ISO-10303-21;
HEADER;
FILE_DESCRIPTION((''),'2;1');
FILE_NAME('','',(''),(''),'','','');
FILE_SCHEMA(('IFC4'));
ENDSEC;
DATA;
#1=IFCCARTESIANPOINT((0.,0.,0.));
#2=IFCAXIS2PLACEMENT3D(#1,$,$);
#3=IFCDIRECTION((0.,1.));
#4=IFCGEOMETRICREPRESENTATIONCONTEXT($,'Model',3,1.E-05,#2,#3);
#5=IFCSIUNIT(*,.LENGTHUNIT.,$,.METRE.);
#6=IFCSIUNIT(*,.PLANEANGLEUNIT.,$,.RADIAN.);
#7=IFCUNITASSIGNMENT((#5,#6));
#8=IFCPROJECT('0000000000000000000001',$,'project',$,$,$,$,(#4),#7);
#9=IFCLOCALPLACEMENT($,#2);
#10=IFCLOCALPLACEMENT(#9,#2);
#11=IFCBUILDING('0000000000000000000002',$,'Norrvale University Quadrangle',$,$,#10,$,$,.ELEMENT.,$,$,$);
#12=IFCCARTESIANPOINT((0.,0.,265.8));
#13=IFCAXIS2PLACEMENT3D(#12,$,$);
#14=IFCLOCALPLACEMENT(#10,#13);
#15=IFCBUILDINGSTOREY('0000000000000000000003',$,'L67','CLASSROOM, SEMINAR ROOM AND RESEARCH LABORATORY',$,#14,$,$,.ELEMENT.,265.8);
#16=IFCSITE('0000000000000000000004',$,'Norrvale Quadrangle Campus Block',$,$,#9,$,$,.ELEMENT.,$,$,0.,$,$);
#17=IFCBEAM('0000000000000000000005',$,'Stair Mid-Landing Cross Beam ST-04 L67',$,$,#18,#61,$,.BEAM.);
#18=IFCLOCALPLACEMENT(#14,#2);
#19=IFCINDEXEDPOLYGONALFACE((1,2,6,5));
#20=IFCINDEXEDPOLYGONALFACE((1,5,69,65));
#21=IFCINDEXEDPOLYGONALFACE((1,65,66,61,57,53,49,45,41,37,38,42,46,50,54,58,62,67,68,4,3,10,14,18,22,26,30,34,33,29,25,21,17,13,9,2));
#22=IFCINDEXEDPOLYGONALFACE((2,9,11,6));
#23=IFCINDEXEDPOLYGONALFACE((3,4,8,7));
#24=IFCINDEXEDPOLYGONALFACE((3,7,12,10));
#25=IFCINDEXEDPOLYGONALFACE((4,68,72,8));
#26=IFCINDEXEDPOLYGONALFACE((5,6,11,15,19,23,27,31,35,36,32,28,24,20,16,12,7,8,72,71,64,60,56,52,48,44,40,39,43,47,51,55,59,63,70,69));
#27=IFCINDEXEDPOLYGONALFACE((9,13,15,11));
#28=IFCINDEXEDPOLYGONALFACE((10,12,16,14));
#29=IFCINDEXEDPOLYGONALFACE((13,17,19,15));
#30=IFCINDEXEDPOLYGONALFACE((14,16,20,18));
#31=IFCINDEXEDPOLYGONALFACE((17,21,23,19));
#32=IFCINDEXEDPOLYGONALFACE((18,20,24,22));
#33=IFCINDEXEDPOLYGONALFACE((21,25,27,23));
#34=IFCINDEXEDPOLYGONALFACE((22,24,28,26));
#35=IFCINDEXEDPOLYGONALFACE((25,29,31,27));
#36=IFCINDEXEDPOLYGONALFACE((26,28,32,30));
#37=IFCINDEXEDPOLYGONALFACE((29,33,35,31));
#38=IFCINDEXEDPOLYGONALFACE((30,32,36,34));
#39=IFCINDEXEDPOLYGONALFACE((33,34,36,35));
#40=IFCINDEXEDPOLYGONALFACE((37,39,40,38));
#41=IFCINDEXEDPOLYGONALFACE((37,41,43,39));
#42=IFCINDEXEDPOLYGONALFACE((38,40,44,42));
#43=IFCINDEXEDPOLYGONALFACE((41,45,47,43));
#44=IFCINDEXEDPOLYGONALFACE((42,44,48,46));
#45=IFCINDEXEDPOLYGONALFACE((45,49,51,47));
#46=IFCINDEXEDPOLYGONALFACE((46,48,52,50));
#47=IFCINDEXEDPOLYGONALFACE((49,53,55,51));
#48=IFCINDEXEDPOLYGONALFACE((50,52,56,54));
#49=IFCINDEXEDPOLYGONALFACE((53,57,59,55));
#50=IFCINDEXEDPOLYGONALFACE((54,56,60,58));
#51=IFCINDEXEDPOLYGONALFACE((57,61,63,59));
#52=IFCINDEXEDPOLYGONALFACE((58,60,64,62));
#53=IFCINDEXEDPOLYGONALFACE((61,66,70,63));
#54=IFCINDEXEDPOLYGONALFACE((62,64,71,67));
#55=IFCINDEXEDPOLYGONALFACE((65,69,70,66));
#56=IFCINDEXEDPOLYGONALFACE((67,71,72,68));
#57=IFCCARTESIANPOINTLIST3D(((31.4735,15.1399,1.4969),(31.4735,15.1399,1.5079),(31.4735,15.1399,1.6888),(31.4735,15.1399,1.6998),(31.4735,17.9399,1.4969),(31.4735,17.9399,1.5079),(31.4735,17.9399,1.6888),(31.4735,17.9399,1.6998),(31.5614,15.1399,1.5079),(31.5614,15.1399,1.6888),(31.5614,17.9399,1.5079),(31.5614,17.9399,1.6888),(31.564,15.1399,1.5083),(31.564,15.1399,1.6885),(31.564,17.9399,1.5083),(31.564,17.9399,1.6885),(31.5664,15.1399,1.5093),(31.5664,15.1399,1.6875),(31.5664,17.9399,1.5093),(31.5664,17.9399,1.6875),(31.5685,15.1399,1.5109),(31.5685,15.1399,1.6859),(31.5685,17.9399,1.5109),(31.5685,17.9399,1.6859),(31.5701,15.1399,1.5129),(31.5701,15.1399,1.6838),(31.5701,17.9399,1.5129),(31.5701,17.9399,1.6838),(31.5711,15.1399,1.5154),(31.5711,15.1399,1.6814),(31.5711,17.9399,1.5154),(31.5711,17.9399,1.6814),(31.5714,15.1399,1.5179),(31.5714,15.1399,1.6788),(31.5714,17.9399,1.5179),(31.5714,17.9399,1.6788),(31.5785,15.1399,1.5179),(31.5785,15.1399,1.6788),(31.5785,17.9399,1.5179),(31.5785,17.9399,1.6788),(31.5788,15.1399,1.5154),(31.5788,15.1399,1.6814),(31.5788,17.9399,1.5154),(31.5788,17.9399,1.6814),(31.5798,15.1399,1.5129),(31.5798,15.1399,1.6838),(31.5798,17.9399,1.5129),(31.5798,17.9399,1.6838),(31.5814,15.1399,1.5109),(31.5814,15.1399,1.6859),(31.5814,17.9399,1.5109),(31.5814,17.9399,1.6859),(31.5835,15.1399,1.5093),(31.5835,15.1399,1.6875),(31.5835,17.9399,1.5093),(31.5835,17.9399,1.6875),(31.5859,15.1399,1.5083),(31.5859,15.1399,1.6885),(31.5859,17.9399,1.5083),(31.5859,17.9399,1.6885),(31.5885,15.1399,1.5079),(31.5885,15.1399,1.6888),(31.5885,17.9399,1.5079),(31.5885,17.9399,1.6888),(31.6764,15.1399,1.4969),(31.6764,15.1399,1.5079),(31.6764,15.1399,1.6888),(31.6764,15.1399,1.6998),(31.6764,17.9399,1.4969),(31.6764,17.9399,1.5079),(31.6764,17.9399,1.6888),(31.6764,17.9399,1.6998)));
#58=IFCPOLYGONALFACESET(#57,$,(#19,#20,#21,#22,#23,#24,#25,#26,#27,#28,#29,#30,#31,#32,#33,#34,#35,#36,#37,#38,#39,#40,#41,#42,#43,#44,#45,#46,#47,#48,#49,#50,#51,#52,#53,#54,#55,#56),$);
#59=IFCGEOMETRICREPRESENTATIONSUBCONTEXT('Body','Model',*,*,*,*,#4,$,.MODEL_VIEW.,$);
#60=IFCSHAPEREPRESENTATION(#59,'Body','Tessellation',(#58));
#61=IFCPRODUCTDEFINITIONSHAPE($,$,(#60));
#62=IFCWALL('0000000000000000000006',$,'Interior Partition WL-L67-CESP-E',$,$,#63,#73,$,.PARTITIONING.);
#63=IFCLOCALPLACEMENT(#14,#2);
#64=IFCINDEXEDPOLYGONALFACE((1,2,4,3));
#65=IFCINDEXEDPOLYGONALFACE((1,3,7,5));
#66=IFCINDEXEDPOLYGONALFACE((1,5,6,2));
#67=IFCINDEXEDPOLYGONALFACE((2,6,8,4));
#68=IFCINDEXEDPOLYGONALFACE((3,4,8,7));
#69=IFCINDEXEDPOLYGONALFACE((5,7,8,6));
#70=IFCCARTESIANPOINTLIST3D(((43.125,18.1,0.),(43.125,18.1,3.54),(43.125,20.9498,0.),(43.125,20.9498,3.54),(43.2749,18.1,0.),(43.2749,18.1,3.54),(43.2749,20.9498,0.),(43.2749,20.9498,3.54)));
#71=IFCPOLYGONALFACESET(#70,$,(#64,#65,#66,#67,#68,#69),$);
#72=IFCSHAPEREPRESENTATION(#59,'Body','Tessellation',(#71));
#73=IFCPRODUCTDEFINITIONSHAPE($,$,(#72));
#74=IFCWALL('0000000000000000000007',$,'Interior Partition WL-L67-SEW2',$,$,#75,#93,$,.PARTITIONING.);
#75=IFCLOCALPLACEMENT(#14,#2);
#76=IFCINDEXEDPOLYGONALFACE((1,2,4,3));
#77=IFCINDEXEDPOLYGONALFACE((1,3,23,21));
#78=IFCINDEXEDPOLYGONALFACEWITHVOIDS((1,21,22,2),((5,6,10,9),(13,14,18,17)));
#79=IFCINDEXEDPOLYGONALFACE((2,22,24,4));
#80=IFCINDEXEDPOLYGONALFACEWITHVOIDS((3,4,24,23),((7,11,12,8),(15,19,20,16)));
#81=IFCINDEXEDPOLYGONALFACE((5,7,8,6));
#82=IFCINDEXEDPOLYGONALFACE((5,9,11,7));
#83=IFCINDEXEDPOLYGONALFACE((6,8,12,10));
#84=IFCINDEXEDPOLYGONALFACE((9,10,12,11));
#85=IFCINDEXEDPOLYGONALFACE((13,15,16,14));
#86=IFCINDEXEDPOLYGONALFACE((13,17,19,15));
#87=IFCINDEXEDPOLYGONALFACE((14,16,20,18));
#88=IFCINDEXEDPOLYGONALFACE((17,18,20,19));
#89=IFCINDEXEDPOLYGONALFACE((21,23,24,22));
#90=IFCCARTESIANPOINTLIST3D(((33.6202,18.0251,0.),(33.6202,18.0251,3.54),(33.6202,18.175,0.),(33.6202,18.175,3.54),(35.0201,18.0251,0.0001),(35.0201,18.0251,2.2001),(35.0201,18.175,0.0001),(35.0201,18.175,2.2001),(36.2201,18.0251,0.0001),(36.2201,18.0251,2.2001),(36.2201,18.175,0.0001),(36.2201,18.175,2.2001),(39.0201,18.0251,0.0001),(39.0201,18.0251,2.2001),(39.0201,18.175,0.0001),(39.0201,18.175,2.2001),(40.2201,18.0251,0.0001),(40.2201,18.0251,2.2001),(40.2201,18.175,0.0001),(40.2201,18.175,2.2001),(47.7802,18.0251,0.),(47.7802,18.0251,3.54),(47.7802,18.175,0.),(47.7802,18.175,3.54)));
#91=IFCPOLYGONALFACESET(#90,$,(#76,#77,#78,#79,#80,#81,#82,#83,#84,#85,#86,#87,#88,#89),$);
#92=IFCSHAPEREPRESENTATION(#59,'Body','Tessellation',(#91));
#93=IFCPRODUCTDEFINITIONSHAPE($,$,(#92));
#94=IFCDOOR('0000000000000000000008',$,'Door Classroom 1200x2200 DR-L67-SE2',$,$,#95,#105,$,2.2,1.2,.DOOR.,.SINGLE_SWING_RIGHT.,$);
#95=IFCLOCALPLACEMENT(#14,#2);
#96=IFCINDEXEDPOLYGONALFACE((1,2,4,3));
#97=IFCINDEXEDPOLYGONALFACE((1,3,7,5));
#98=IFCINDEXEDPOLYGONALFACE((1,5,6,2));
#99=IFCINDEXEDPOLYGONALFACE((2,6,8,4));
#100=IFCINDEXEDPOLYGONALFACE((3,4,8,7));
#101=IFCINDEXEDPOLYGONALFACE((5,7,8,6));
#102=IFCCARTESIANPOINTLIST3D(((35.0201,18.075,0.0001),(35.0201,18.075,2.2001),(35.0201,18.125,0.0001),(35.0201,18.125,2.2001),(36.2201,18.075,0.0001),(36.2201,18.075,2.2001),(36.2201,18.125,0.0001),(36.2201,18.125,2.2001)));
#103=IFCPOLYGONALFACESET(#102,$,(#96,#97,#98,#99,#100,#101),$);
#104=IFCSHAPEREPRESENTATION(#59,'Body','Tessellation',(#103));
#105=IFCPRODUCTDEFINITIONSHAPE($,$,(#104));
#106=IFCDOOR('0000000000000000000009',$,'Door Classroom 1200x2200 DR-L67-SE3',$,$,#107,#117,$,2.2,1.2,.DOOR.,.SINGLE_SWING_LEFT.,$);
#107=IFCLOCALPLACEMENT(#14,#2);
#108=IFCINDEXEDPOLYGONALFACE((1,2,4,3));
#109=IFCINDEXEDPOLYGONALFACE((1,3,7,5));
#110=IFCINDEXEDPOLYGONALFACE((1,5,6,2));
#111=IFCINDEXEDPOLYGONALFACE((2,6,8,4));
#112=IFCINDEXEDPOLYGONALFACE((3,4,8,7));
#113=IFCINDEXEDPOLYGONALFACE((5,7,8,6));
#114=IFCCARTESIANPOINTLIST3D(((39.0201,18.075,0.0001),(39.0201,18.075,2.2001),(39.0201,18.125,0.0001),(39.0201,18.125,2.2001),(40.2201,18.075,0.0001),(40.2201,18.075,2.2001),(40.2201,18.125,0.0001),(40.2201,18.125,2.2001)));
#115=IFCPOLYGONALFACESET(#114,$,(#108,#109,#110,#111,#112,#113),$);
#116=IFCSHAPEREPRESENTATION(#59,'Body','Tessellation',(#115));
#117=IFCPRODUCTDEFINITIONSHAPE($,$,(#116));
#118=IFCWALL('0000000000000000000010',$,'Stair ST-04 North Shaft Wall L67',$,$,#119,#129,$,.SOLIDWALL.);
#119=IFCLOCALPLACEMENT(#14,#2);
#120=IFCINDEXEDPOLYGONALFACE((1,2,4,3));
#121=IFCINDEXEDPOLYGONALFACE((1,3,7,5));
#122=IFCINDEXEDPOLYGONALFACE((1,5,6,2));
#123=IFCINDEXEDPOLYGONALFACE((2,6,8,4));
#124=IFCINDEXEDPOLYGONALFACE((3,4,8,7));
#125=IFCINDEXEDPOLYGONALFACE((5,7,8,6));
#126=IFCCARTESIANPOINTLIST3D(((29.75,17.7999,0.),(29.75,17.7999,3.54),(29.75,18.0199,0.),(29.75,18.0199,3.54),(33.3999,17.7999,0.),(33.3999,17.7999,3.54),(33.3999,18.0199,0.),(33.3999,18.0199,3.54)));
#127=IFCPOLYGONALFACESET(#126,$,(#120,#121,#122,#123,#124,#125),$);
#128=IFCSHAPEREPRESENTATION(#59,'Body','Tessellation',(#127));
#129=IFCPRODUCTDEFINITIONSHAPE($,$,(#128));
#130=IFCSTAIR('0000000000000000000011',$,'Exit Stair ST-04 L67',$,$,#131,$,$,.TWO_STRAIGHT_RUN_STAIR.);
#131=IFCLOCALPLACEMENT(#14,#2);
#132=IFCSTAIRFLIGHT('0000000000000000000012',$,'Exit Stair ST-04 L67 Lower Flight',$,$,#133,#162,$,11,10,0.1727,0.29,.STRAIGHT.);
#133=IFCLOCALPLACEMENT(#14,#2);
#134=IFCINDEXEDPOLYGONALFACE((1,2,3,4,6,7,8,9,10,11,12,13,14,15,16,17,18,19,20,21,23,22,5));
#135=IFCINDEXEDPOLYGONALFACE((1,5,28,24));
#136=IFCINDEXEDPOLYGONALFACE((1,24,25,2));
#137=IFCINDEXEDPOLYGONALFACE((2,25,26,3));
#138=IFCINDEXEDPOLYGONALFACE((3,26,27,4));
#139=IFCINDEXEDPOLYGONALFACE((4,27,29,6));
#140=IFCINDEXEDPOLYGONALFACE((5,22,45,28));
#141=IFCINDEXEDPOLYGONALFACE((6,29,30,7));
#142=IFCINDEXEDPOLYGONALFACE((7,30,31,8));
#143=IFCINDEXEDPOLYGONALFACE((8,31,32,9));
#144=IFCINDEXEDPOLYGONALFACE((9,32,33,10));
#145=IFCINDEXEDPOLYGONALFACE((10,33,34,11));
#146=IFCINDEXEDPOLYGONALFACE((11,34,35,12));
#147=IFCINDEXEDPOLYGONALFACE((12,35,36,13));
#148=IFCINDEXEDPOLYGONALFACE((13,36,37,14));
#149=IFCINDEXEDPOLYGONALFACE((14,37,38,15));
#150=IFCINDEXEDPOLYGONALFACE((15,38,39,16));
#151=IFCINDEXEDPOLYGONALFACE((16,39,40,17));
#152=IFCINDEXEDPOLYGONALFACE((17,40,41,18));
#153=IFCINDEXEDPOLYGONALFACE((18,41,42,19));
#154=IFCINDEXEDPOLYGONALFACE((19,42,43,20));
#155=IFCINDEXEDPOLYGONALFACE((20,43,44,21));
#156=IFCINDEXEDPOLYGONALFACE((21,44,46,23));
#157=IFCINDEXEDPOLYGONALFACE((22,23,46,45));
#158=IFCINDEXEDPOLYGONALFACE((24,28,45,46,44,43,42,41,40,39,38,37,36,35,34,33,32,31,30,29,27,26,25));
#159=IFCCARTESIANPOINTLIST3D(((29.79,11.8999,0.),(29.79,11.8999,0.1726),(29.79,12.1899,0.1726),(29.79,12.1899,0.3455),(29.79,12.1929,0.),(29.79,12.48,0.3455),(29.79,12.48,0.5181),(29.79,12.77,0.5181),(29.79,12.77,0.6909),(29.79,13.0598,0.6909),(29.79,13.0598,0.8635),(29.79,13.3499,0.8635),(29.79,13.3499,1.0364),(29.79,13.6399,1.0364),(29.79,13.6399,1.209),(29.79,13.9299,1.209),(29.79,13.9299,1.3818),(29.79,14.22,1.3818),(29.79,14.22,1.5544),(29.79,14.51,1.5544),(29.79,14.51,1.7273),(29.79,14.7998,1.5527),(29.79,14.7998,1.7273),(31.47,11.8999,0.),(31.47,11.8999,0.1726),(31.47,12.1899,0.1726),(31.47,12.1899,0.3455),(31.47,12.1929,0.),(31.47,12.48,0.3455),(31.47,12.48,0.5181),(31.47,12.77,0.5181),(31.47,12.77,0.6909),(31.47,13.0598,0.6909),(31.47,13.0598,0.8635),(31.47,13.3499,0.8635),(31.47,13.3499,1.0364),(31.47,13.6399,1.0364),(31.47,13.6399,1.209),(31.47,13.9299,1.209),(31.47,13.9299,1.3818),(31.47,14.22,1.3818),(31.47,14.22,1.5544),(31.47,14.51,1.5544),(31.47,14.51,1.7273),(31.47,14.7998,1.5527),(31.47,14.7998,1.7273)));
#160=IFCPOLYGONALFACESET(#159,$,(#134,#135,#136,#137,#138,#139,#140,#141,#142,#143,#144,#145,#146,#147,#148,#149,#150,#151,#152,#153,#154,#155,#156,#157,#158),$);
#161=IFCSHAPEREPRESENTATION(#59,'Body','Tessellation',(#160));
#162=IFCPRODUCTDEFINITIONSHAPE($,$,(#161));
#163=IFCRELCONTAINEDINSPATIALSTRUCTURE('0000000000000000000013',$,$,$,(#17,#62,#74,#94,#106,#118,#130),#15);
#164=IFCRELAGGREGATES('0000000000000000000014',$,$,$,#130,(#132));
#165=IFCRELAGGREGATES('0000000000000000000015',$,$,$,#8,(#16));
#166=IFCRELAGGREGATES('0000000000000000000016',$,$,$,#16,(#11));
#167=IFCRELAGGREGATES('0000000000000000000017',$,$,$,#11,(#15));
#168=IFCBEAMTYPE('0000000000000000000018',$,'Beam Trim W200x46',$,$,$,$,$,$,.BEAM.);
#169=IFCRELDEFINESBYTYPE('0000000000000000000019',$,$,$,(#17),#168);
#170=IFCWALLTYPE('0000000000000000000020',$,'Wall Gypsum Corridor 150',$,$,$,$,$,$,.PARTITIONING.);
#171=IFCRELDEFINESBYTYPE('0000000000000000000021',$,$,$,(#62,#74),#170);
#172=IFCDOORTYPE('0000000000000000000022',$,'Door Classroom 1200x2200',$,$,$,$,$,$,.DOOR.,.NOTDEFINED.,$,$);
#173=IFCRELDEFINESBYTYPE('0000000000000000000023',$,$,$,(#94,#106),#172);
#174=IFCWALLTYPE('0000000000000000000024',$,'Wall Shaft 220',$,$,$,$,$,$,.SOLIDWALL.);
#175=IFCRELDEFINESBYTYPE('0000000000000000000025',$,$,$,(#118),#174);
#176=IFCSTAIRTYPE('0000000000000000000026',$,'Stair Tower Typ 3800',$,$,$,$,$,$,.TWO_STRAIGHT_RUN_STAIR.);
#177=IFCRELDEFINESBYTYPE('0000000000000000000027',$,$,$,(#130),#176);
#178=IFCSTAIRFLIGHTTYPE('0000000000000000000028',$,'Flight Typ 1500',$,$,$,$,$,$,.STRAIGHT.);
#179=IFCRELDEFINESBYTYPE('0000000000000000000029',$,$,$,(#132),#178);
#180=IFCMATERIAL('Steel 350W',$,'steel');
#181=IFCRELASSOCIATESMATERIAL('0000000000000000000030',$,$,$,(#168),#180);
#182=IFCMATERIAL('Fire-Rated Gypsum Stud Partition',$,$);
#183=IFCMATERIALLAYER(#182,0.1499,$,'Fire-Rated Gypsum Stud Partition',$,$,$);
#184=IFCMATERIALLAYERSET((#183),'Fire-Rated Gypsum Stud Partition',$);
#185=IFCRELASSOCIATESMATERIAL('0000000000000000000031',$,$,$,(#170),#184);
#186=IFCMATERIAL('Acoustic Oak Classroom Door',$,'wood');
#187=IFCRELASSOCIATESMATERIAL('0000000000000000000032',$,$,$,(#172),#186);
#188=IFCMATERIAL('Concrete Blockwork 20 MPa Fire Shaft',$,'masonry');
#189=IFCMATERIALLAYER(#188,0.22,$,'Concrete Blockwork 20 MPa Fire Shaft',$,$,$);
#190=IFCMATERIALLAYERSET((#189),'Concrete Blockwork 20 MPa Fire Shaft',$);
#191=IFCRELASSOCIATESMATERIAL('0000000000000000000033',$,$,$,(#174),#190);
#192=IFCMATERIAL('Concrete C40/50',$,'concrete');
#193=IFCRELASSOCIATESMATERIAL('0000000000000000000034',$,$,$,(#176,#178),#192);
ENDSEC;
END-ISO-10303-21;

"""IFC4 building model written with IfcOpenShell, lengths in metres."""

from ifc_helpers import new_model, si_unit, direction, frame, frame_2d, origin, origin_2d, place, context, subcontext, project, spatial, polyline, rectangle, i_section, outline, extrude, material, layer, layer_set, material_profile, profile_set, type_object, element, fill, aggregate, save


model = new_model("IFC4")

# Units and contexts
model_context = context("Model", 3, precision=1e-05, world=origin(), true_north=direction((0.0, 1.0)))
body_context = subcontext(model_context, "Body", "Model", "MODEL_VIEW")
ifc_project = project(units=[si_unit("LENGTHUNIT", "METRE"), si_unit("PLANEANGLEUNIT", "RADIAN")], contexts=[model_context])

# Site, building, storey
site_placement = place(None, origin())
site = spatial("IfcSite", under=ifc_project, at=site_placement, Name="Norrvale Quadrangle Campus Block", CompositionType="ELEMENT", RefElevation=0.0)
building_placement = place(site_placement, origin())
building = spatial("IfcBuilding", under=site, at=building_placement, Name="Norrvale University Quadrangle", CompositionType="ELEMENT")
storey_placement = place(building_placement, frame((0.0, 0.0, 265.8)))
storey = spatial("IfcBuildingStorey", under=building, at=storey_placement, Name="L67", Description="CLASSROOM, SEMINAR ROOM AND RESEARCH LABORATORY", CompositionType="ELEMENT", Elevation=265.8)

# Beam
ifc_material_1 = material(Name="Steel 350W", Category="steel")
ifc_material_profile_1 = material_profile(ifc_material_1, i_section(OverallWidth=0.2029, OverallDepth=0.2029, WebThickness=0.0071, FlangeThickness=0.011, FilletRadius=0.01, at=origin_2d()), Name="Steel 350W")
ifc_profile_set_1 = profile_set([ifc_material_profile_1], Name="Steel 350W")
beam_type_1 = type_object("IfcBeamType", Name="Beam Trim W200x46", PredefinedType="BEAM", material=ifc_profile_set_1)
beam_1_placement = place(storey_placement, frame((31.575, 15.1399, 1.5984), z_axis=(0.0, 1.0, 0.0), x_axis=(-1.0, 0.0, 0.0)))
element("IfcBeam", 1, at=beam_1_placement, inside=storey, type_object=beam_type_1, Name="Stair Mid-Landing Cross Beam ST-04 L67", PredefinedType="BEAM", context=body_context, shape_type="SweptSolid", body=[
    extrude(i_section(OverallWidth=0.2029, OverallDepth=0.2029, WebThickness=0.0071, FlangeThickness=0.011, FilletRadius=0.01, at=origin_2d()), origin(), (0.0, 0.0, 1.0), 2.8),
])

# Wall
ifc_material_2 = material(Name="Fire-Rated Gypsum Stud Partition")
ifc_layer_1 = layer(ifc_material_2, 0.1499, Name="Fire-Rated Gypsum Stud Partition")
ifc_layer_set_1 = layer_set([ifc_layer_1], Name="Fire-Rated Gypsum Stud Partition")
wall_type_1 = type_object("IfcWallType", Name="Wall Gypsum Corridor 150", PredefinedType="PARTITIONING", material=ifc_layer_set_1)
wall_1_placement = place(storey_placement, frame((43.2, 18.1001, 0.0), z_axis=(0.0, 0.0, 1.0), x_axis=(0.0, 1.0, 0.0)))
element("IfcWall", 2, at=wall_1_placement, inside=storey, type_object=wall_type_1, Name="Interior Partition WL-L67-CESP-E", PredefinedType="PARTITIONING", context=body_context, shape_type="SweptSolid", body=[
    extrude(rectangle(XDim=2.8499, YDim=0.1499, at=frame_2d((1.4248, 0.0))), origin(), (0.0, 0.0, 1.0), 3.54),
])

# Wall, openings, doors
wall_2_placement = place(storey_placement, frame((33.6201, 18.1001, 0.0), z_axis=(0.0, 0.0, 1.0), x_axis=(1.0, 0.0, 0.0)))
wall_2 = element("IfcWall", 3, at=wall_2_placement, inside=storey, type_object=wall_type_1, Name="Interior Partition WL-L67-SEW2", PredefinedType="PARTITIONING", context=body_context, shape_type="SweptSolid", body=[
    extrude(rectangle(XDim=14.1599, YDim=0.1499, at=frame_2d((7.0801, 0.0))), origin(), (0.0, 0.0, 1.0), 3.54),
])
opening_1_placement = place(wall_2_placement, frame((1.3999, 0.0, 0.0)))
opening_1 = element("IfcOpeningElement", 4, at=opening_1_placement, cuts=wall_2, PredefinedType="OPENING", context=body_context, shape_type="SweptSolid", body=[
    extrude(rectangle(XDim=1.2, YDim=2.2, at=frame_2d((0.6001, 1.1001))), frame((0.0, 0.0869, 0.0), z_axis=(0.0, -1.0, 0.0), x_axis=(1.0, 0.0, 0.0)), (0.0, 0.0, 1.0), 0.1738),
])
opening_2_placement = place(wall_2_placement, frame((5.3999, 0.0, 0.0)))
opening_2 = element("IfcOpeningElement", 5, at=opening_2_placement, cuts=wall_2, PredefinedType="OPENING", context=body_context, shape_type="SweptSolid", body=[
    extrude(rectangle(XDim=1.2, YDim=2.2, at=frame_2d((0.6001, 1.1001))), frame((0.0, 0.0869, 0.0), z_axis=(0.0, -1.0, 0.0), x_axis=(1.0, 0.0, 0.0)), (0.0, 0.0, 1.0), 0.1738),
])
ifc_material_3 = material(Name="Acoustic Oak Classroom Door", Category="wood")
door_type = type_object("IfcDoorType", Name="Door Classroom 1200x2200", OperationType="NOTDEFINED", PredefinedType="DOOR", material=ifc_material_3)
door_1_placement = place(opening_1_placement, origin())
door_1 = element("IfcDoor", 6, at=door_1_placement, inside=storey, type_object=door_type, Name="Door Classroom 1200x2200 DR-L67-SE2", OperationType="SINGLE_SWING_RIGHT", OverallHeight=2.2, OverallWidth=1.2, PredefinedType="DOOR", context=body_context, shape_type="SweptSolid", body=[
    extrude(rectangle(XDim=1.2, YDim=2.2, at=frame_2d((0.6001, 1.1001))), frame((0.0, 0.0249, 0.0), z_axis=(0.0, -1.0, 0.0), x_axis=(1.0, 0.0, 0.0)), (0.0, 0.0, 1.0), 0.05),
])
fill(opening_1, door_1)
door_2_placement = place(opening_2_placement, origin())
door_2 = element("IfcDoor", 7, at=door_2_placement, inside=storey, type_object=door_type, Name="Door Classroom 1200x2200 DR-L67-SE3", OperationType="SINGLE_SWING_LEFT", OverallHeight=2.2, OverallWidth=1.2, PredefinedType="DOOR", context=body_context, shape_type="SweptSolid", body=[
    extrude(rectangle(XDim=1.2, YDim=2.2, at=frame_2d((0.6001, 1.1001))), frame((0.0, 0.0249, 0.0), z_axis=(0.0, -1.0, 0.0), x_axis=(1.0, 0.0, 0.0)), (0.0, 0.0, 1.0), 0.05),
])
fill(opening_2, door_2)

# Wall
ifc_material_4 = material(Name="Concrete Blockwork 20 MPa Fire Shaft", Category="masonry")
ifc_layer_2 = layer(ifc_material_4, 0.22, Name="Concrete Blockwork 20 MPa Fire Shaft")
ifc_layer_set_2 = layer_set([ifc_layer_2], Name="Concrete Blockwork 20 MPa Fire Shaft")
wall_type_2 = type_object("IfcWallType", Name="Wall Shaft 220", PredefinedType="SOLIDWALL", material=ifc_layer_set_2)
wall_3_placement = place(storey_placement, frame((29.75, 17.9099, 0.0), z_axis=(0.0, 0.0, 1.0), x_axis=(1.0, 0.0, 0.0)))
element("IfcWall", 8, at=wall_3_placement, inside=storey, type_object=wall_type_2, Name="Stair ST-04 North Shaft Wall L67", PredefinedType="SOLIDWALL", context=body_context, shape_type="SweptSolid", body=[
    extrude(rectangle(XDim=3.6499, YDim=0.22, at=frame_2d((1.825, 0.0))), origin(), (0.0, 0.0, 1.0), 3.54),
])

# Stair, stair flight
ifc_material_5 = material(Name="Concrete C40/50", Category="concrete")
stair_type = type_object("IfcStairType", Name="Stair Tower Typ 3800", PredefinedType="TWO_STRAIGHT_RUN_STAIR", material=ifc_material_5)
stair_placement = place(storey_placement, origin())
stair = element("IfcStair", 9, at=stair_placement, inside=storey, type_object=stair_type, Name="Exit Stair ST-04 L67", PredefinedType="TWO_STRAIGHT_RUN_STAIR")
stair_flight_type = type_object("IfcStairFlightType", Name="Flight Typ 1500", PredefinedType="STRAIGHT", material=ifc_material_5)
stair_flight_1_placement = place(storey_placement, frame((30.6299, 11.8999, 0.0), z_axis=(0.0, 0.0, 1.0), x_axis=(0.0, 1.0, 0.0)))
stair_flight_1 = element("IfcStairFlight", 10, at=stair_flight_1_placement, type_object=stair_flight_type, Name="Exit Stair ST-04 L67 Lower Flight", NumberOfRisers=11, NumberOfTreads=10, PredefinedType="STRAIGHT", RiserHeight=0.1727, TreadLength=0.29, context=body_context, shape_type="SweptSolid", body=[
    extrude(outline(polyline([(0.0, 0.0), (0.0, 0.1726), (0.29, 0.1726), (0.29, 0.3455), (0.5801, 0.3455), (0.5801, 0.5181), (0.8701, 0.5181), (0.8701, 0.6909), (1.1599, 0.6909), (1.1599, 0.8635), (1.45, 0.8635), (1.45, 1.0364), (1.74, 1.0364), (1.74, 1.209), (2.03, 1.209), (2.03, 1.3818), (2.3201, 1.3818), (2.3201, 1.5544), (2.6101, 1.5544), (2.6101, 1.7273), (2.8999, 1.7273), (2.8999, 1.8999), (2.8999, 1.5527), (0.293, 0.0), (0.0, 0.0)])), frame((0.0, 0.8398, 0.0), z_axis=(0.0, -1.0, 0.0), x_axis=(1.0, 0.0, 0.0)), (0.0, 0.0, 1.0), 1.6799),
])
aggregate(stair, [stair_flight_1])

save(model, "model.ifc")
